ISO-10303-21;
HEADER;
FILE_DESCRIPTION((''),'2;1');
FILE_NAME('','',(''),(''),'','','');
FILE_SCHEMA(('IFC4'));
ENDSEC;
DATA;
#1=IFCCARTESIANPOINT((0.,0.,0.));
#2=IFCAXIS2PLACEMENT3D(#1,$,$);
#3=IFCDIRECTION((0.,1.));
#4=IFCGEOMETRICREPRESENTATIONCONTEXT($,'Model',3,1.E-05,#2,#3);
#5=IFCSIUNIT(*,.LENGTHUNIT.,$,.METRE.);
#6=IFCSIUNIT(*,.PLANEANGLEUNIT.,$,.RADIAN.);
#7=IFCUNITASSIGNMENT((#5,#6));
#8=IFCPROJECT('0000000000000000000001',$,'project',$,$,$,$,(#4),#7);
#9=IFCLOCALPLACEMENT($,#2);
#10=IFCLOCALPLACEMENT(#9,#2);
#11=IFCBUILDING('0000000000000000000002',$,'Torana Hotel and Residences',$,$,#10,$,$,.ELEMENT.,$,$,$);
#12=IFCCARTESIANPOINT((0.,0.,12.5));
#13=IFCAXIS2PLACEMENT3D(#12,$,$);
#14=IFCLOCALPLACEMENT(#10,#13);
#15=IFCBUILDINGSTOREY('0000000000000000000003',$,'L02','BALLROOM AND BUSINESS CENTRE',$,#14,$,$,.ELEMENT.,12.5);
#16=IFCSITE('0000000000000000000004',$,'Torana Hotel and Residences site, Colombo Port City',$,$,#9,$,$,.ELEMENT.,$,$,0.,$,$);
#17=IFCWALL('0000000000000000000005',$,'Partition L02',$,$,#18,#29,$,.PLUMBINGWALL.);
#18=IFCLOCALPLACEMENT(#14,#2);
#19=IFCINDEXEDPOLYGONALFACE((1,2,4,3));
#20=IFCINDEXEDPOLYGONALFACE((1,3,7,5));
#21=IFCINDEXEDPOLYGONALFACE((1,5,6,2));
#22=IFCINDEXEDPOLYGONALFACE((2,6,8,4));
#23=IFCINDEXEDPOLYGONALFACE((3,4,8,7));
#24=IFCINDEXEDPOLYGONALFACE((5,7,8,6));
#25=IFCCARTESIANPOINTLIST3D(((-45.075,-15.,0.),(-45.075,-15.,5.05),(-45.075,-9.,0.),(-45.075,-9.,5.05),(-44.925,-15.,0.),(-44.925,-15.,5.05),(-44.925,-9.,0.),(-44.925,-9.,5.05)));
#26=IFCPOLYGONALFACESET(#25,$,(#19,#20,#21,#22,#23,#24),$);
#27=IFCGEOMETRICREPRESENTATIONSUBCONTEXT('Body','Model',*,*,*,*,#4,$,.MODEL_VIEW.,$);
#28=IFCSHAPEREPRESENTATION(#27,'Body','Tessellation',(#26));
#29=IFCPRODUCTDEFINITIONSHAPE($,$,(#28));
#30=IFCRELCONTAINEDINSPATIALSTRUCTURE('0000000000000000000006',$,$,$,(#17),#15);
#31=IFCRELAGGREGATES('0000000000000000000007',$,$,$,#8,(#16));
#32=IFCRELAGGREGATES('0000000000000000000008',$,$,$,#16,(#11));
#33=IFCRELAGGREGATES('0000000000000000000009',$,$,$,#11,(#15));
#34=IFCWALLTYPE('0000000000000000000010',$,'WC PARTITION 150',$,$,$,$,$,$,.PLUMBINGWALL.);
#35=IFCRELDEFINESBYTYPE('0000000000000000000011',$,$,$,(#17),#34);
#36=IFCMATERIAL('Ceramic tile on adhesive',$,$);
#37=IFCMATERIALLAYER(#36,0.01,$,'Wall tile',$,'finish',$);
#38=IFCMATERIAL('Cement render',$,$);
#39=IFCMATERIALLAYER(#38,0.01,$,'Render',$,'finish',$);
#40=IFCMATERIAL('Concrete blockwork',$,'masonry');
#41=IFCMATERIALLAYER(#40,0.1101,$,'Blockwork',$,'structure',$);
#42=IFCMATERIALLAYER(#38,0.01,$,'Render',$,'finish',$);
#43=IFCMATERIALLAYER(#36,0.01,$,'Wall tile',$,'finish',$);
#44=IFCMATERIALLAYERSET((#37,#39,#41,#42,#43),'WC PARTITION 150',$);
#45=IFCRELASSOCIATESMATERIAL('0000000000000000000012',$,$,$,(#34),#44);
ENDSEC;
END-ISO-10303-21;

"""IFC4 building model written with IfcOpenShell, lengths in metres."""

from ifc_helpers import new_model, si_unit, direction, frame, frame_2d, origin, place, context, subcontext, project, spatial, rectangle, extrude, material, layer, layer_set, type_object, element, save


model = new_model("IFC4")

# Units and contexts
model_context = context("Model", 3, precision=1e-05, world=origin(), true_north=direction((0.0, 1.0)))
body_context = subcontext(model_context, "Body", "Model", "MODEL_VIEW")
ifc_project = project(units=[si_unit("LENGTHUNIT", "METRE"), si_unit("PLANEANGLEUNIT", "RADIAN")], contexts=[model_context])

# Site, building, storey
site_placement = place(None, origin())
site = spatial("IfcSite", under=ifc_project, at=site_placement, Name="Torana Hotel and Residences site, Colombo Port City", CompositionType="ELEMENT", RefElevation=0.0)
building_placement = place(site_placement, origin())
building = spatial("IfcBuilding", under=site, at=building_placement, Name="Torana Hotel and Residences", CompositionType="ELEMENT")
storey_placement = place(building_placement, frame((0.0, 0.0, 12.5)))
storey = spatial("IfcBuildingStorey", under=building, at=storey_placement, Name="L02", Description="BALLROOM AND BUSINESS CENTRE", CompositionType="ELEMENT", Elevation=12.5)

# Shared definitions
ifc_material_1 = material(Name="Concrete blockwork", Category="masonry")

# Wall
ifc_material_2 = material(Name="Ceramic tile on adhesive")
ifc_layer_1 = layer(ifc_material_2, 0.01, Name="Wall tile", Category="finish")
ifc_material_3 = material(Name="Cement render")
ifc_layer_2 = layer(ifc_material_3, 0.01, Name="Render", Category="finish")
ifc_layer_3 = layer(ifc_material_1, 0.1101, Name="Blockwork", Category="structure")
ifc_layer_4 = layer(ifc_material_3, 0.01, Name="Render", Category="finish")
ifc_layer_5 = layer(ifc_material_2, 0.01, Name="Wall tile", Category="finish")
ifc_layer_set_1 = layer_set([ifc_layer_1, ifc_layer_2, ifc_layer_3, ifc_layer_4, ifc_layer_5], Name="WC PARTITION 150")
wall_type_1 = type_object("IfcWallType", Name="WC PARTITION 150", PredefinedType="PLUMBINGWALL", material=ifc_layer_set_1)
wall_1_placement = place(storey_placement, frame((-45.0, -15.0, 0.0), z_axis=(0.0, 0.0, 1.0), x_axis=(0.0, 1.0, 0.0)))
element("IfcWall", 1, at=wall_1_placement, inside=storey, type_object=wall_type_1, Name="Partition L02", PredefinedType="PLUMBINGWALL", context=body_context, shape_type="SweptSolid", body=[
    extrude(rectangle(XDim=6.0, YDim=0.1499, at=frame_2d((3.0, 0.0))), origin(), (0.0, 0.0, 1.0), 5.05),
])

save(model, "model.ifc")
